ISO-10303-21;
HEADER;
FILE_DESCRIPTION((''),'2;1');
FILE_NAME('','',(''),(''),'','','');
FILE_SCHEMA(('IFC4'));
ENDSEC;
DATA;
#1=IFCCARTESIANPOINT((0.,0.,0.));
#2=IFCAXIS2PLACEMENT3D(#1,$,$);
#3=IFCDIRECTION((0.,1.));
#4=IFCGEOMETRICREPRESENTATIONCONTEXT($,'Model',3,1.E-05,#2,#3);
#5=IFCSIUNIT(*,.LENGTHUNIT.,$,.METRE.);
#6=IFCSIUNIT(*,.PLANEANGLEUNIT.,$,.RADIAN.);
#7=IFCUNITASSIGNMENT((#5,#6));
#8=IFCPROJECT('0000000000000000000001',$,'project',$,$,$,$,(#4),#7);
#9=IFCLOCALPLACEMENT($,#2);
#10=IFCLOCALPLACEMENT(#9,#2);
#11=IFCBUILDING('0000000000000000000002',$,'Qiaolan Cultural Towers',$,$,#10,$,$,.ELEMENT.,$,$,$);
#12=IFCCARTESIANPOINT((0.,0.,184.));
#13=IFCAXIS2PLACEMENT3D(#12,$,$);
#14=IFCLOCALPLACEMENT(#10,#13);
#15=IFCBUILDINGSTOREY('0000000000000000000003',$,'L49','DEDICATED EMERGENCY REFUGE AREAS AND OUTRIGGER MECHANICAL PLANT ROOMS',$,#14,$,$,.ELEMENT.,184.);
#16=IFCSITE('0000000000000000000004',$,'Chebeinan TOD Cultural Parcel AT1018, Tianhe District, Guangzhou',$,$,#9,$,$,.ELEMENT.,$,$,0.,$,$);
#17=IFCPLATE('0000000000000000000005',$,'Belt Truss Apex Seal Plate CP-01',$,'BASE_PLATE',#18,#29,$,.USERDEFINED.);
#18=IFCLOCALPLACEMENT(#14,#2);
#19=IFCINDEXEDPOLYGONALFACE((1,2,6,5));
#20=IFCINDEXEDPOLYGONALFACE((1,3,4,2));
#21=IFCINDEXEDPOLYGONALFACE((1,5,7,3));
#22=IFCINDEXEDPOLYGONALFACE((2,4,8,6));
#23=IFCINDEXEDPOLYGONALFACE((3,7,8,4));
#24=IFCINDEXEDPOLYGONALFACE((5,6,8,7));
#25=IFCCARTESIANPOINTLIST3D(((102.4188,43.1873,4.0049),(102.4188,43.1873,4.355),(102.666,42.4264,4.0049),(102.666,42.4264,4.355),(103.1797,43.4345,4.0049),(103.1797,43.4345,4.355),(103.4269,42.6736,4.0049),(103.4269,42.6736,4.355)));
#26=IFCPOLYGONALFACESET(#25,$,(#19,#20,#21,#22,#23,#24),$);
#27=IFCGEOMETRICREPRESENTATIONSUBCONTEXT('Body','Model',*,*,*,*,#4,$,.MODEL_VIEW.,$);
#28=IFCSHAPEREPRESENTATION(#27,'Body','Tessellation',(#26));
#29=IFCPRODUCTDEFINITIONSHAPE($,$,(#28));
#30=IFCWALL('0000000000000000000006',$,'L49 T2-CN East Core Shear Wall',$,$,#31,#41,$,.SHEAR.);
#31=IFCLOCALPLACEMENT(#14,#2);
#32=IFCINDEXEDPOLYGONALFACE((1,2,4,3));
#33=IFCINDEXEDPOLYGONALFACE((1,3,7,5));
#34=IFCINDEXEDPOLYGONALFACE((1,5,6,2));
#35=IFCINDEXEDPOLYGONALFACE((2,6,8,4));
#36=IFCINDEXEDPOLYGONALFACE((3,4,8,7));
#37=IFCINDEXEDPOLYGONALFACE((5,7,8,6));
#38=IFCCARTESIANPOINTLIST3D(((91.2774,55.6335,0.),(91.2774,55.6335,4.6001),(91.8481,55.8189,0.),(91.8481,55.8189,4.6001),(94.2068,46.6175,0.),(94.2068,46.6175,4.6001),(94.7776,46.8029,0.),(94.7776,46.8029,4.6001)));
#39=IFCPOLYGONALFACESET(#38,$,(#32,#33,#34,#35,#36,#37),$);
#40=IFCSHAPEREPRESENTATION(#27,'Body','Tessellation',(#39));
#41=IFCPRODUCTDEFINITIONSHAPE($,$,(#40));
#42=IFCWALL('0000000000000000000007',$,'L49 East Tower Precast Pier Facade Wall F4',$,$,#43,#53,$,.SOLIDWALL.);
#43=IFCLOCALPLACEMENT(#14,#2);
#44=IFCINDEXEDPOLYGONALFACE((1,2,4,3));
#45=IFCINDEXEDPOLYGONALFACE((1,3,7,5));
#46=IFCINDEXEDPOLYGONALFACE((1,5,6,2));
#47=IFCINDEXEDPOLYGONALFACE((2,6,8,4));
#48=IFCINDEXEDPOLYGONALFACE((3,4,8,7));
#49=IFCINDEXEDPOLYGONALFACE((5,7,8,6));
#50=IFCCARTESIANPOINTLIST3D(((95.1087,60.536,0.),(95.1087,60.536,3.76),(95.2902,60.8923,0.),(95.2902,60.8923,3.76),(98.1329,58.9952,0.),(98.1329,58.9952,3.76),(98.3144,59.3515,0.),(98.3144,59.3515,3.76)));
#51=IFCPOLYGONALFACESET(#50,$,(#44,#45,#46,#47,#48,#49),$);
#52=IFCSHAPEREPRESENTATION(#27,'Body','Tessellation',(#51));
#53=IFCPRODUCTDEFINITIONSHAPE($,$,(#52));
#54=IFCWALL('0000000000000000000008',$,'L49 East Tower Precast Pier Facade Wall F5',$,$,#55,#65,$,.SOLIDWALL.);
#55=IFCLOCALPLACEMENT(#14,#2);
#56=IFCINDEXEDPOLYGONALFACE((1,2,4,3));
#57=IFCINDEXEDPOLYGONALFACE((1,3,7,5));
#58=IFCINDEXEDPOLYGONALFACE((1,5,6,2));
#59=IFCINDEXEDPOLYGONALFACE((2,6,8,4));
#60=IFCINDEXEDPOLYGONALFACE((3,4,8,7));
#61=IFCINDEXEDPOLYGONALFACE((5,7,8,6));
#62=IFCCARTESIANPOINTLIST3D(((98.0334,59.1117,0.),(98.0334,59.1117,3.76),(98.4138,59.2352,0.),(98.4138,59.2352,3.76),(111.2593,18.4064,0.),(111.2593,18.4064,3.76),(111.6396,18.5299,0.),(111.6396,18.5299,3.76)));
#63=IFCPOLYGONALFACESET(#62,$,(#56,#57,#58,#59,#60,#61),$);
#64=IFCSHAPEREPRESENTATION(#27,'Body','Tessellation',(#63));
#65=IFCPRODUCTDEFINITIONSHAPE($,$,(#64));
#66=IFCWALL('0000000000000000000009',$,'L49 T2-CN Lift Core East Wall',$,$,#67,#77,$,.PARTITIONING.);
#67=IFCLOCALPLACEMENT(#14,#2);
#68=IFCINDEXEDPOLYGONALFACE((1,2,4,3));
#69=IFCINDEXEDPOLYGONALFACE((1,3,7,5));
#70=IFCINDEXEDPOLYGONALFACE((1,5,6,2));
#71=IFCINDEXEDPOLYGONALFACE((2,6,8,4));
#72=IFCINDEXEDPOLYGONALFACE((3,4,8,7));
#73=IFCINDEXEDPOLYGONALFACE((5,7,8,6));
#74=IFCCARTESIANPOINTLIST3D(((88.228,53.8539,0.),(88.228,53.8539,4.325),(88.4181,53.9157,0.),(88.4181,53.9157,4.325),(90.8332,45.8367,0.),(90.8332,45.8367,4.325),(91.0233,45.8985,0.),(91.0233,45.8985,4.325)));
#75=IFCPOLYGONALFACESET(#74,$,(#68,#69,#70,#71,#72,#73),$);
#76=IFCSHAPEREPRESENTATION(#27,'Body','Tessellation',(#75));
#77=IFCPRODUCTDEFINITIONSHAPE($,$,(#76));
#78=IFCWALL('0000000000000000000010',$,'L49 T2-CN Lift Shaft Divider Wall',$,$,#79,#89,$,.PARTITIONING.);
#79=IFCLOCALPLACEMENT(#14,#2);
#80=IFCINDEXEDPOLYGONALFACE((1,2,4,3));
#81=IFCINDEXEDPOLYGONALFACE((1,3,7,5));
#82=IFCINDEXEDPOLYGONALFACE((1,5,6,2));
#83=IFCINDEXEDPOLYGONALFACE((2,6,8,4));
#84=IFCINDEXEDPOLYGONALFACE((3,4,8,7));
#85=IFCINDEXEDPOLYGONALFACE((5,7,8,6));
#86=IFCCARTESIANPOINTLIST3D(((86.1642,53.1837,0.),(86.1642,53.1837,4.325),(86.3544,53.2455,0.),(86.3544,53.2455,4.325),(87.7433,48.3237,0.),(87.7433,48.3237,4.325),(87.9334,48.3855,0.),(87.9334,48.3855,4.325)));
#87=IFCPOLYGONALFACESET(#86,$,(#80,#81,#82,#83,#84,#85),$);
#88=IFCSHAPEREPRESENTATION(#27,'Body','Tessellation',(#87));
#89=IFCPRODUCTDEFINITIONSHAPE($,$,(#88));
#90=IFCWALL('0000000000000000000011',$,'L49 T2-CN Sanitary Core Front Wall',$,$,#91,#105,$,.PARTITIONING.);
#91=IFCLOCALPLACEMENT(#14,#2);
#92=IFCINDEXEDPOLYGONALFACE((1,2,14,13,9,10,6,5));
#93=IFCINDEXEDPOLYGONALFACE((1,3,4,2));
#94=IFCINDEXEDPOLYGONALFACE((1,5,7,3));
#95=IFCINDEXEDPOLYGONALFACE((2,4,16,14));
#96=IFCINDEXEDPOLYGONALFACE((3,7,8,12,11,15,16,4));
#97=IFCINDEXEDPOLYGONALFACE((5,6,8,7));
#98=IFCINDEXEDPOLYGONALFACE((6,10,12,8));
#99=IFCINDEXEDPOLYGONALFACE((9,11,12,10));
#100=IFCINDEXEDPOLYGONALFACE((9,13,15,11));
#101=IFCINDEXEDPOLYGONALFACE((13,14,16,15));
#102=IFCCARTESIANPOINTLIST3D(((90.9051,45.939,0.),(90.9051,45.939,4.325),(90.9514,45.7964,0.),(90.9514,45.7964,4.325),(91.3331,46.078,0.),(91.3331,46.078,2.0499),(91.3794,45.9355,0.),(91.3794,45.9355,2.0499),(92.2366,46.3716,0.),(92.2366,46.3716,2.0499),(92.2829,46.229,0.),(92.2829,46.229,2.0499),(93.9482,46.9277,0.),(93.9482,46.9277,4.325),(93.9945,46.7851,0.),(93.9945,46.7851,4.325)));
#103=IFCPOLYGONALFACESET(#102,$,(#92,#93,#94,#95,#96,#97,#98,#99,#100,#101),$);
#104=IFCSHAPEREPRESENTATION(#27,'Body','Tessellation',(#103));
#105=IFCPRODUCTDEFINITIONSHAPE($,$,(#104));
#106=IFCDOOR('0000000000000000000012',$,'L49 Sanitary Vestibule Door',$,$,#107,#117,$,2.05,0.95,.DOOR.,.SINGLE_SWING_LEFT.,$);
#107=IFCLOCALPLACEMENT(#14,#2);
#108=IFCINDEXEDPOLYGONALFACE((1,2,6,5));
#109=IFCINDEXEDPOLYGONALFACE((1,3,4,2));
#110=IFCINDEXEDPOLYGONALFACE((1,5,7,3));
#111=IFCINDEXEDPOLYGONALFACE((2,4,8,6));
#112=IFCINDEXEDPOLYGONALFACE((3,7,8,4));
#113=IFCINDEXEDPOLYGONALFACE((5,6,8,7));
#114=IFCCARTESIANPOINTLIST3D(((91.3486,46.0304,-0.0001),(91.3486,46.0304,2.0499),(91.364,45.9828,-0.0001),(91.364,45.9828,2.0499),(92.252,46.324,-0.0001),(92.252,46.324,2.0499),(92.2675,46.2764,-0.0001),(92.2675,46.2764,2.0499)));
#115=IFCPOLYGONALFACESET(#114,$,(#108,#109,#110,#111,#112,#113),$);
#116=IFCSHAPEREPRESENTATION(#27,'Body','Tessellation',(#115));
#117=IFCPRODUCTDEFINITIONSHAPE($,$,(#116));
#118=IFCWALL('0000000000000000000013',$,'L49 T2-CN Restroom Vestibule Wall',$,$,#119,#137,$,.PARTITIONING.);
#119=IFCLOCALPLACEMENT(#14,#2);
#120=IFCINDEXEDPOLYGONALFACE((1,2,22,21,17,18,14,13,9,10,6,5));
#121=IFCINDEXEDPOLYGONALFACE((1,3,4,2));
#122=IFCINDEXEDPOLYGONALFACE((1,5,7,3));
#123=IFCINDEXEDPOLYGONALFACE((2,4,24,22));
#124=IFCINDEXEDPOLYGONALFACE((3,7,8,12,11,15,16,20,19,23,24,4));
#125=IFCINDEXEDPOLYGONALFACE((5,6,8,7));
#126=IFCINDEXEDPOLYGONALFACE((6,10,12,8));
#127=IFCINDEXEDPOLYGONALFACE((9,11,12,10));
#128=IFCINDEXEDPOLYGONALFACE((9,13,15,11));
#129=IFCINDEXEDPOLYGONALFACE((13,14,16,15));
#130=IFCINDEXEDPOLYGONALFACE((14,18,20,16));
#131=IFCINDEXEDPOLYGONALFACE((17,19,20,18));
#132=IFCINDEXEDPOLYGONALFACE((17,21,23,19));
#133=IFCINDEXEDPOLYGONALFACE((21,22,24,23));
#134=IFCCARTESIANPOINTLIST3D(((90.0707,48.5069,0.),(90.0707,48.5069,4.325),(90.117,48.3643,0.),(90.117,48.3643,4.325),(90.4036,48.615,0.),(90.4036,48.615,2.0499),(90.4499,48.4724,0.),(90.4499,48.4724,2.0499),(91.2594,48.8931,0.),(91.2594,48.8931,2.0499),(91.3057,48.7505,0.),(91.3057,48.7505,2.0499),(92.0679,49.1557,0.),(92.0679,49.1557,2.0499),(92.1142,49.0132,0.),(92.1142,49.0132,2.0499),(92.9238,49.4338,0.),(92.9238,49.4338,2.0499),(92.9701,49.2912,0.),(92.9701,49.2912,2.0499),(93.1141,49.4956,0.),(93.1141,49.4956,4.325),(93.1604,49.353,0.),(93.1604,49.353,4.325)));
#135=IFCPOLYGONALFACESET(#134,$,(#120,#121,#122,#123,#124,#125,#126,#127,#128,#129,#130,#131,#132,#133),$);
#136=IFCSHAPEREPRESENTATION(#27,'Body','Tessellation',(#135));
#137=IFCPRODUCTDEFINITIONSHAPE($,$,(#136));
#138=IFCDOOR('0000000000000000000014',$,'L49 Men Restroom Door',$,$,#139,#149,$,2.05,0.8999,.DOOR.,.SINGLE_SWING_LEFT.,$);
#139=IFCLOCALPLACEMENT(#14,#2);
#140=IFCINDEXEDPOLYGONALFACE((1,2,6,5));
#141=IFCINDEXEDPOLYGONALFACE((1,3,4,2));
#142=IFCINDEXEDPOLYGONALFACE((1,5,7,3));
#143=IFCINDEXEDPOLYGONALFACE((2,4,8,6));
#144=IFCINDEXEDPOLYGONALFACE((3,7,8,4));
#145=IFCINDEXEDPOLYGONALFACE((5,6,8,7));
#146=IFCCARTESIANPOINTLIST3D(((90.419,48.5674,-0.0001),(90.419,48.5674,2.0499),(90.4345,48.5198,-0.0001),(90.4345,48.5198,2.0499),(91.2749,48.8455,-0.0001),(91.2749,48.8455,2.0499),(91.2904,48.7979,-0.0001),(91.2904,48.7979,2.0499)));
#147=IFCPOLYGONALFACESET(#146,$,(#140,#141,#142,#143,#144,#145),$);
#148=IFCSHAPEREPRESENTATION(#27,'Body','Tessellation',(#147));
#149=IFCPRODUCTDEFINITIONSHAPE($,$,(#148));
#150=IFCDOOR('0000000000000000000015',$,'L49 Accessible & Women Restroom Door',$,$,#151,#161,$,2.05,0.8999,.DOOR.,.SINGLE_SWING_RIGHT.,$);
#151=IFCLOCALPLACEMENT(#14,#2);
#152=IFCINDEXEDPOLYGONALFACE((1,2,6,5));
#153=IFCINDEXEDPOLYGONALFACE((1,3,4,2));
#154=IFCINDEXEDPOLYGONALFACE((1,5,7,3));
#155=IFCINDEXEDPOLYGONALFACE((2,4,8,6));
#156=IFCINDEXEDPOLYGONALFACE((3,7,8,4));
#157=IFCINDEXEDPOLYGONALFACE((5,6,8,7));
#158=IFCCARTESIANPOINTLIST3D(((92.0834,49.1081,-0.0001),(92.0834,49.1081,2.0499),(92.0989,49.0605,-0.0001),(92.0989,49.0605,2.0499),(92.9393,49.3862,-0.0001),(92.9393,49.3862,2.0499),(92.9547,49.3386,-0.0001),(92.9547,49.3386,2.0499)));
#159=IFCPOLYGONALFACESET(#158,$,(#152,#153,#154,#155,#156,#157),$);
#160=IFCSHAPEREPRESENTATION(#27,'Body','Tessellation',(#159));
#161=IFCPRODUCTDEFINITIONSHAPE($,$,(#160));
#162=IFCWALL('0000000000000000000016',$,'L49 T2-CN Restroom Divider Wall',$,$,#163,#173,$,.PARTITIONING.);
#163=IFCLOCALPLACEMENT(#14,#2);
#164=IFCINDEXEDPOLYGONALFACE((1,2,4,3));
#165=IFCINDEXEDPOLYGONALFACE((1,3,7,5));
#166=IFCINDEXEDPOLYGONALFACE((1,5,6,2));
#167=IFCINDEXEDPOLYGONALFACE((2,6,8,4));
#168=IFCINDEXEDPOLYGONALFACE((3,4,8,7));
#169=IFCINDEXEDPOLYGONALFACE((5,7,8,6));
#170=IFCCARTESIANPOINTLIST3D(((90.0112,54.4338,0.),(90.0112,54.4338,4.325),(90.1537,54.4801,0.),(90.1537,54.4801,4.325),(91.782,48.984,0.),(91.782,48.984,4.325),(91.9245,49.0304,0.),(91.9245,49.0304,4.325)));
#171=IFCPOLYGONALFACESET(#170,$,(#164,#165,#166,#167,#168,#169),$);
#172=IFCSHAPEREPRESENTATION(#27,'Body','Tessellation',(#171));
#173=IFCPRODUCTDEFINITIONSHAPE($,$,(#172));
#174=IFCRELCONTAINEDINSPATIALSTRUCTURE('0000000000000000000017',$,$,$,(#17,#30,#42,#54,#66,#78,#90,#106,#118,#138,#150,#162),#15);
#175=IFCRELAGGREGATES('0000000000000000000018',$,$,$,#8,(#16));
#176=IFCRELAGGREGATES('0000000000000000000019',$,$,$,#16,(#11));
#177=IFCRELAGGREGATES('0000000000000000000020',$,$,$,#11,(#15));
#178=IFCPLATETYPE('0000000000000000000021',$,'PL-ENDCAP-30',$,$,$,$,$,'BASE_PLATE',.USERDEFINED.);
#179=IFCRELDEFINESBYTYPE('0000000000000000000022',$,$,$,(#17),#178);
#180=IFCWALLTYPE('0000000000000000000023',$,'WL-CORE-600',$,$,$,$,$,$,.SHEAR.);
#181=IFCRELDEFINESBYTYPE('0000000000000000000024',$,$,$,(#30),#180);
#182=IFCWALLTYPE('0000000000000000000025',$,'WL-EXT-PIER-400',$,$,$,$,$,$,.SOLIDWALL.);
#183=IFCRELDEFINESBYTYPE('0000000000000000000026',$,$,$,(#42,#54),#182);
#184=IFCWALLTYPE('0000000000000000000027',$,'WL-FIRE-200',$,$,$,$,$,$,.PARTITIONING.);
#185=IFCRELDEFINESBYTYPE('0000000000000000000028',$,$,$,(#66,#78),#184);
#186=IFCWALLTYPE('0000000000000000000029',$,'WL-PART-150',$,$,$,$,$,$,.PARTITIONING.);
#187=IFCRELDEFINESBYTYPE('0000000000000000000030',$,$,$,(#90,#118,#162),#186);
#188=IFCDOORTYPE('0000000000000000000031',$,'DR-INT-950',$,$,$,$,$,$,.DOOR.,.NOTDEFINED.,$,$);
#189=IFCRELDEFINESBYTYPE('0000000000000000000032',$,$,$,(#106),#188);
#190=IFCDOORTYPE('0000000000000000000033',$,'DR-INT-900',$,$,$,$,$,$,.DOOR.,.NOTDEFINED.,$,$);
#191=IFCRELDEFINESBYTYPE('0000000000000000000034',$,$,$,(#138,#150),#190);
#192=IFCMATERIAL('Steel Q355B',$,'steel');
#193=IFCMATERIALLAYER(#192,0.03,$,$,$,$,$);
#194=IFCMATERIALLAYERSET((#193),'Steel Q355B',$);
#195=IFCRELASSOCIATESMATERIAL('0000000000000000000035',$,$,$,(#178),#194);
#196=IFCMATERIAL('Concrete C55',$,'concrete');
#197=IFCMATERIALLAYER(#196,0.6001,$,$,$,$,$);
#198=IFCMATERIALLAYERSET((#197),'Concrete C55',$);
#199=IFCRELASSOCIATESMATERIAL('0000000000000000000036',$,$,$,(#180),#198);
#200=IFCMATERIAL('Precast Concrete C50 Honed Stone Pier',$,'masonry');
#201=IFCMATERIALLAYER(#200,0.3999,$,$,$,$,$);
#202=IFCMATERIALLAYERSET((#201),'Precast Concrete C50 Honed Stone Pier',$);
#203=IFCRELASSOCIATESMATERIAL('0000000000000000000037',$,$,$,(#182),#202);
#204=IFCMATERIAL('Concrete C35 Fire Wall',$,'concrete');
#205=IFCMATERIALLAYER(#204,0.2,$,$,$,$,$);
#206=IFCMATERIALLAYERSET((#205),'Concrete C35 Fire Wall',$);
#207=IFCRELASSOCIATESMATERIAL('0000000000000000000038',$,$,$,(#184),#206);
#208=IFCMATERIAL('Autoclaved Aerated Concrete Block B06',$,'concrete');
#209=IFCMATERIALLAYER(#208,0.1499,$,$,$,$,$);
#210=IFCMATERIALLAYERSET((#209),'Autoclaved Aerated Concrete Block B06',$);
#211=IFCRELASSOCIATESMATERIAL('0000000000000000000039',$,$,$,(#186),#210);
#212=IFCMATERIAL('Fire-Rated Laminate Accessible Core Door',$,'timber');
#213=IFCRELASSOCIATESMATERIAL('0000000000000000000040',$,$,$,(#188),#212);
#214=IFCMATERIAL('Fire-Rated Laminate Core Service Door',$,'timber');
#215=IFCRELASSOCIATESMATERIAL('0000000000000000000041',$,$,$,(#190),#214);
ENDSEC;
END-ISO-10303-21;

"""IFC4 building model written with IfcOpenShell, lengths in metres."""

from ifc_helpers import new_model, si_unit, direction, frame, frame_2d, origin, origin_2d, place, context, subcontext, project, spatial, rectangle, extrude, material, layer, layer_set, type_object, element, fill, save


model = new_model("IFC4")

# Units and contexts
model_context = context("Model", 3, precision=1e-05, world=origin(), true_north=direction((0.0, 1.0)))
body_context = subcontext(model_context, "Body", "Model", "MODEL_VIEW")
ifc_project = project(units=[si_unit("LENGTHUNIT", "METRE"), si_unit("PLANEANGLEUNIT", "RADIAN")], contexts=[model_context])

# Site, building, storey
site_placement = place(None, origin())
site = spatial("IfcSite", under=ifc_project, at=site_placement, Name="Chebeinan TOD Cultural Parcel AT1018, Tianhe District, Guangzhou", CompositionType="ELEMENT", RefElevation=0.0)
building_placement = place(site_placement, origin())
building = spatial("IfcBuilding", under=site, at=building_placement, Name="Qiaolan Cultural Towers", CompositionType="ELEMENT")
storey_placement = place(building_placement, frame((0.0, 0.0, 184.0)))
storey = spatial("IfcBuildingStorey", under=building, at=storey_placement, Name="L49", Description="DEDICATED EMERGENCY REFUGE AREAS AND OUTRIGGER MECHANICAL PLANT ROOMS", CompositionType="ELEMENT", Elevation=184.0)

# Plate
ifc_material_1 = material(Name="Steel Q355B", Category="steel")
ifc_layer_1 = layer(ifc_material_1, 0.03)
ifc_layer_set_1 = layer_set([ifc_layer_1], Name="Steel Q355B")
plate_type_1 = type_object("IfcPlateType", Name="PL-ENDCAP-30", ElementType="BASE_PLATE", PredefinedType="USERDEFINED", material=ifc_layer_set_1)
plate_placement = place(storey_placement, frame((102.9229, 42.9304, 4.0049), z_axis=(0.0, 0.0, 1.0), x_axis=(0.951057, 0.309017, 0.0)))
element("IfcPlate", 1, at=plate_placement, inside=storey, type_object=plate_type_1, Name="Belt Truss Apex Seal Plate CP-01", ObjectType="BASE_PLATE", PredefinedType="USERDEFINED", context=body_context, shape_type="SweptSolid", body=[
    extrude(rectangle(XDim=0.8, YDim=0.8, at=origin_2d()), origin(), (0.0, 0.0, 1.0), 0.3501),
])

# Walls
ifc_material_2 = material(Name="Concrete C55", Category="concrete")
ifc_layer_2 = layer(ifc_material_2, 0.6001)
ifc_layer_set_2 = layer_set([ifc_layer_2], Name="Concrete C55")
wall_type_1 = type_object("IfcWallType", Name="WL-CORE-600", PredefinedType="SHEAR", material=ifc_layer_set_2)
wall_1_placement = place(storey_placement, frame((94.4922, 46.7102, 0.0), z_axis=(0.0, 0.0, 1.0), x_axis=(-0.30901, 0.951059, 0.0)))
element("IfcWall", 2, at=wall_1_placement, inside=storey, type_object=wall_type_1, Name="L49 T2-CN East Core Shear Wall", PredefinedType="SHEAR", context=body_context, shape_type="SweptSolid", body=[
    extrude(rectangle(XDim=9.48, YDim=0.6001, at=frame_2d((4.74, 0.0))), origin(), (0.0, 0.0, 1.0), 4.6001),
])
ifc_material_3 = material(Name="Precast Concrete C50 Honed Stone Pier", Category="masonry")
ifc_layer_3 = layer(ifc_material_3, 0.3999)
ifc_layer_set_3 = layer_set([ifc_layer_3], Name="Precast Concrete C50 Honed Stone Pier")
wall_type_2 = type_object("IfcWallType", Name="WL-EXT-PIER-400", PredefinedType="SOLIDWALL", material=ifc_layer_set_3)
wall_2_placement = place(storey_placement, frame((95.1995, 60.7141, 0.0), z_axis=(0.0, 0.0, 1.0), x_axis=(0.891021, -0.453962, 0.0)))
element("IfcWall", 3, at=wall_2_placement, inside=storey, type_object=wall_type_2, Name="L49 East Tower Precast Pier Facade Wall F4", PredefinedType="SOLIDWALL", context=body_context, shape_type="SweptSolid", body=[
    extrude(rectangle(XDim=3.394, YDim=0.3999, at=frame_2d((1.697, 0.0))), origin(), (0.0, 0.0, 1.0), 3.76),
])
wall_3_placement = place(storey_placement, frame((98.2236, 59.1733, 0.0), z_axis=(0.0, 0.0, 1.0), x_axis=(0.309014, -0.951057, 0.0)))
element("IfcWall", 4, at=wall_3_placement, inside=storey, type_object=wall_type_2, Name="L49 East Tower Precast Pier Facade Wall F5", PredefinedType="SOLIDWALL", context=body_context, shape_type="SweptSolid", body=[
    extrude(rectangle(XDim=42.8, YDim=0.3999, at=frame_2d((21.3999, 0.0))), origin(), (0.0, 0.0, 1.0), 3.76),
])
ifc_material_4 = material(Name="Concrete C35 Fire Wall", Category="concrete")
ifc_layer_4 = layer(ifc_material_4, 0.2)
ifc_layer_set_4 = layer_set([ifc_layer_4], Name="Concrete C35 Fire Wall")
wall_type_3 = type_object("IfcWallType", Name="WL-FIRE-200", PredefinedType="PARTITIONING", material=ifc_layer_set_4)
wall_4_placement = place(storey_placement, frame((90.9282, 45.8677, 0.0), z_axis=(0.0, 0.0, 1.0), x_axis=(-0.309042, 0.951048, 0.0)))
element("IfcWall", 5, at=wall_4_placement, inside=storey, type_object=wall_type_3, Name="L49 T2-CN Lift Core East Wall", PredefinedType="PARTITIONING", context=body_context, shape_type="SweptSolid", body=[
    extrude(rectangle(XDim=8.4299, YDim=0.2, at=frame_2d((4.2148, 0.0))), origin(), (0.0, 0.0, 1.0), 4.325),
])
wall_5_placement = place(storey_placement, frame((87.8384, 48.3545, 0.0), z_axis=(0.0, 0.0, 1.0), x_axis=(-0.309009, 0.951059, 0.0)))
element("IfcWall", 6, at=wall_5_placement, inside=storey, type_object=wall_type_3, Name="L49 T2-CN Lift Shaft Divider Wall", PredefinedType="PARTITIONING", context=body_context, shape_type="SweptSolid", body=[
    extrude(rectangle(XDim=5.1101, YDim=0.2, at=frame_2d((2.5552, 0.0))), origin(), (0.0, 0.0, 1.0), 4.325),
])

# Wall, opening, door
ifc_material_5 = material(Name="Autoclaved Aerated Concrete Block B06", Category="concrete")
ifc_layer_5 = layer(ifc_material_5, 0.1499)
ifc_layer_set_5 = layer_set([ifc_layer_5], Name="Autoclaved Aerated Concrete Block B06")
wall_type_4 = type_object("IfcWallType", Name="WL-PART-150", PredefinedType="PARTITIONING", material=ifc_layer_set_5)
wall_6_placement = place(storey_placement, frame((90.9282, 45.8677, 0.0), z_axis=(0.0, 0.0, 1.0), x_axis=(0.951059, 0.309008, 0.0)))
wall_6 = element("IfcWall", 7, at=wall_6_placement, inside=storey, type_object=wall_type_4, Name="L49 T2-CN Sanitary Core Front Wall", PredefinedType="PARTITIONING", context=body_context, shape_type="SweptSolid", body=[
    extrude(rectangle(XDim=3.1997, YDim=0.1499, at=frame_2d((1.5999, 0.0))), origin(), (0.0, 0.0, 1.0), 4.325),
])
opening_1_placement = place(wall_6_placement, frame((0.45, 0.0, 0.0)))
opening_1 = element("IfcOpeningElement", 8, at=opening_1_placement, cuts=wall_6, PredefinedType="OPENING", context=body_context, shape_type="SweptSolid", body=[
    extrude(rectangle(XDim=0.95, YDim=2.05, at=frame_2d((0.4751, 1.0249))), frame((0.0, 0.085, 0.0), z_axis=(0.0, -1.0, 0.0), x_axis=(1.0, 0.0, 0.0)), (0.0, 0.0, 1.0), 0.1699),
])
ifc_material_6 = material(Name="Fire-Rated Laminate Accessible Core Door", Category="timber")
door_type_1 = type_object("IfcDoorType", Name="DR-INT-950", OperationType="NOTDEFINED", PredefinedType="DOOR", material=ifc_material_6)
door_1_placement = place(opening_1_placement, origin())
door_1 = element("IfcDoor", 9, at=door_1_placement, inside=storey, type_object=door_type_1, Name="L49 Sanitary Vestibule Door", OperationType="SINGLE_SWING_LEFT", OverallHeight=2.05, OverallWidth=0.95, PredefinedType="DOOR", context=body_context, shape_type="SweptSolid", body=[
    extrude(rectangle(XDim=0.95, YDim=2.05, at=frame_2d((0.4751, 1.0249))), frame((0.0, 0.0249, 0.0), z_axis=(0.0, -1.0, 0.0), x_axis=(1.0, 0.0, 0.0)), (0.0, 0.0, 1.0), 0.05),
])
fill(opening_1, door_1)

# Wall, openings, doors
wall_7_placement = place(storey_placement, frame((90.0938, 48.4355, 0.0), z_axis=(0.0, 0.0, 1.0), x_axis=(0.951067, 0.308986, 0.0)))
wall_7 = element("IfcWall", 10, at=wall_7_placement, inside=storey, type_object=wall_type_4, Name="L49 T2-CN Restroom Vestibule Wall", PredefinedType="PARTITIONING", context=body_context, shape_type="SweptSolid", body=[
    extrude(rectangle(XDim=3.2, YDim=0.1499, at=frame_2d((1.6001, 0.0))), origin(), (0.0, 0.0, 1.0), 4.325),
])
opening_2_placement = place(wall_7_placement, frame((0.3501, 0.0, 0.0)))
opening_2 = element("IfcOpeningElement", 11, at=opening_2_placement, cuts=wall_7, PredefinedType="OPENING", context=body_context, shape_type="SweptSolid", body=[
    extrude(rectangle(XDim=0.8999, YDim=2.05, at=frame_2d((0.45, 1.0249))), frame((0.0, 0.085, 0.0), z_axis=(0.0, -1.0, 0.0), x_axis=(1.0, 0.0, 0.0)), (0.0, 0.0, 1.0), 0.1699),
])
opening_3_placement = place(wall_7_placement, frame((2.1001, 0.0, 0.0)))
opening_3 = element("IfcOpeningElement", 12, at=opening_3_placement, cuts=wall_7, PredefinedType="OPENING", context=body_context, shape_type="SweptSolid", body=[
    extrude(rectangle(XDim=0.8999, YDim=2.05, at=frame_2d((0.45, 1.0249))), frame((0.0, 0.085, 0.0), z_axis=(0.0, -1.0, 0.0), x_axis=(1.0, 0.0, 0.0)), (0.0, 0.0, 1.0), 0.1699),
])
ifc_material_7 = material(Name="Fire-Rated Laminate Core Service Door", Category="timber")
door_type_2 = type_object("IfcDoorType", Name="DR-INT-900", OperationType="NOTDEFINED", PredefinedType="DOOR", material=ifc_material_7)
door_2_placement = place(opening_2_placement, origin())
door_2 = element("IfcDoor", 13, at=door_2_placement, inside=storey, type_object=door_type_2, Name="L49 Men Restroom Door", OperationType="SINGLE_SWING_LEFT", OverallHeight=2.05, OverallWidth=0.8999, PredefinedType="DOOR", context=body_context, shape_type="SweptSolid", body=[
    extrude(rectangle(XDim=0.8999, YDim=2.05, at=frame_2d((0.45, 1.0249))), frame((0.0, 0.0249, 0.0), z_axis=(0.0, -1.0, 0.0), x_axis=(1.0, 0.0, 0.0)), (0.0, 0.0, 1.0), 0.05),
])
fill(opening_2, door_2)
door_3_placement = place(opening_3_placement, origin())
door_3 = element("IfcDoor", 14, at=door_3_placement, inside=storey, type_object=door_type_2, Name="L49 Accessible & Women Restroom Door", OperationType="SINGLE_SWING_RIGHT", OverallHeight=2.05, OverallWidth=0.8999, PredefinedType="DOOR", context=body_context, shape_type="SweptSolid", body=[
    extrude(rectangle(XDim=0.8999, YDim=2.05, at=frame_2d((0.45, 1.0249))), frame((0.0, 0.0249, 0.0), z_axis=(0.0, -1.0, 0.0), x_axis=(1.0, 0.0, 0.0)), (0.0, 0.0, 1.0), 0.05),
])
fill(opening_3, door_3)

# Wall
wall_8_placement = place(storey_placement, frame((91.8533, 49.0071, 0.0), z_axis=(0.0, 0.0, 1.0), x_axis=(-0.309022, 0.951055, 0.0)))
element("IfcWall", 15, at=wall_8_placement, inside=storey, type_object=wall_type_4, Name="L49 T2-CN Restroom Divider Wall", PredefinedType="PARTITIONING", context=body_context, shape_type="SweptSolid", body=[
    extrude(rectangle(XDim=5.7302, YDim=0.1499, at=frame_2d((2.8652, 0.0))), origin(), (0.0, 0.0, 1.0), 4.325),
])

save(model, "model.ifc")
